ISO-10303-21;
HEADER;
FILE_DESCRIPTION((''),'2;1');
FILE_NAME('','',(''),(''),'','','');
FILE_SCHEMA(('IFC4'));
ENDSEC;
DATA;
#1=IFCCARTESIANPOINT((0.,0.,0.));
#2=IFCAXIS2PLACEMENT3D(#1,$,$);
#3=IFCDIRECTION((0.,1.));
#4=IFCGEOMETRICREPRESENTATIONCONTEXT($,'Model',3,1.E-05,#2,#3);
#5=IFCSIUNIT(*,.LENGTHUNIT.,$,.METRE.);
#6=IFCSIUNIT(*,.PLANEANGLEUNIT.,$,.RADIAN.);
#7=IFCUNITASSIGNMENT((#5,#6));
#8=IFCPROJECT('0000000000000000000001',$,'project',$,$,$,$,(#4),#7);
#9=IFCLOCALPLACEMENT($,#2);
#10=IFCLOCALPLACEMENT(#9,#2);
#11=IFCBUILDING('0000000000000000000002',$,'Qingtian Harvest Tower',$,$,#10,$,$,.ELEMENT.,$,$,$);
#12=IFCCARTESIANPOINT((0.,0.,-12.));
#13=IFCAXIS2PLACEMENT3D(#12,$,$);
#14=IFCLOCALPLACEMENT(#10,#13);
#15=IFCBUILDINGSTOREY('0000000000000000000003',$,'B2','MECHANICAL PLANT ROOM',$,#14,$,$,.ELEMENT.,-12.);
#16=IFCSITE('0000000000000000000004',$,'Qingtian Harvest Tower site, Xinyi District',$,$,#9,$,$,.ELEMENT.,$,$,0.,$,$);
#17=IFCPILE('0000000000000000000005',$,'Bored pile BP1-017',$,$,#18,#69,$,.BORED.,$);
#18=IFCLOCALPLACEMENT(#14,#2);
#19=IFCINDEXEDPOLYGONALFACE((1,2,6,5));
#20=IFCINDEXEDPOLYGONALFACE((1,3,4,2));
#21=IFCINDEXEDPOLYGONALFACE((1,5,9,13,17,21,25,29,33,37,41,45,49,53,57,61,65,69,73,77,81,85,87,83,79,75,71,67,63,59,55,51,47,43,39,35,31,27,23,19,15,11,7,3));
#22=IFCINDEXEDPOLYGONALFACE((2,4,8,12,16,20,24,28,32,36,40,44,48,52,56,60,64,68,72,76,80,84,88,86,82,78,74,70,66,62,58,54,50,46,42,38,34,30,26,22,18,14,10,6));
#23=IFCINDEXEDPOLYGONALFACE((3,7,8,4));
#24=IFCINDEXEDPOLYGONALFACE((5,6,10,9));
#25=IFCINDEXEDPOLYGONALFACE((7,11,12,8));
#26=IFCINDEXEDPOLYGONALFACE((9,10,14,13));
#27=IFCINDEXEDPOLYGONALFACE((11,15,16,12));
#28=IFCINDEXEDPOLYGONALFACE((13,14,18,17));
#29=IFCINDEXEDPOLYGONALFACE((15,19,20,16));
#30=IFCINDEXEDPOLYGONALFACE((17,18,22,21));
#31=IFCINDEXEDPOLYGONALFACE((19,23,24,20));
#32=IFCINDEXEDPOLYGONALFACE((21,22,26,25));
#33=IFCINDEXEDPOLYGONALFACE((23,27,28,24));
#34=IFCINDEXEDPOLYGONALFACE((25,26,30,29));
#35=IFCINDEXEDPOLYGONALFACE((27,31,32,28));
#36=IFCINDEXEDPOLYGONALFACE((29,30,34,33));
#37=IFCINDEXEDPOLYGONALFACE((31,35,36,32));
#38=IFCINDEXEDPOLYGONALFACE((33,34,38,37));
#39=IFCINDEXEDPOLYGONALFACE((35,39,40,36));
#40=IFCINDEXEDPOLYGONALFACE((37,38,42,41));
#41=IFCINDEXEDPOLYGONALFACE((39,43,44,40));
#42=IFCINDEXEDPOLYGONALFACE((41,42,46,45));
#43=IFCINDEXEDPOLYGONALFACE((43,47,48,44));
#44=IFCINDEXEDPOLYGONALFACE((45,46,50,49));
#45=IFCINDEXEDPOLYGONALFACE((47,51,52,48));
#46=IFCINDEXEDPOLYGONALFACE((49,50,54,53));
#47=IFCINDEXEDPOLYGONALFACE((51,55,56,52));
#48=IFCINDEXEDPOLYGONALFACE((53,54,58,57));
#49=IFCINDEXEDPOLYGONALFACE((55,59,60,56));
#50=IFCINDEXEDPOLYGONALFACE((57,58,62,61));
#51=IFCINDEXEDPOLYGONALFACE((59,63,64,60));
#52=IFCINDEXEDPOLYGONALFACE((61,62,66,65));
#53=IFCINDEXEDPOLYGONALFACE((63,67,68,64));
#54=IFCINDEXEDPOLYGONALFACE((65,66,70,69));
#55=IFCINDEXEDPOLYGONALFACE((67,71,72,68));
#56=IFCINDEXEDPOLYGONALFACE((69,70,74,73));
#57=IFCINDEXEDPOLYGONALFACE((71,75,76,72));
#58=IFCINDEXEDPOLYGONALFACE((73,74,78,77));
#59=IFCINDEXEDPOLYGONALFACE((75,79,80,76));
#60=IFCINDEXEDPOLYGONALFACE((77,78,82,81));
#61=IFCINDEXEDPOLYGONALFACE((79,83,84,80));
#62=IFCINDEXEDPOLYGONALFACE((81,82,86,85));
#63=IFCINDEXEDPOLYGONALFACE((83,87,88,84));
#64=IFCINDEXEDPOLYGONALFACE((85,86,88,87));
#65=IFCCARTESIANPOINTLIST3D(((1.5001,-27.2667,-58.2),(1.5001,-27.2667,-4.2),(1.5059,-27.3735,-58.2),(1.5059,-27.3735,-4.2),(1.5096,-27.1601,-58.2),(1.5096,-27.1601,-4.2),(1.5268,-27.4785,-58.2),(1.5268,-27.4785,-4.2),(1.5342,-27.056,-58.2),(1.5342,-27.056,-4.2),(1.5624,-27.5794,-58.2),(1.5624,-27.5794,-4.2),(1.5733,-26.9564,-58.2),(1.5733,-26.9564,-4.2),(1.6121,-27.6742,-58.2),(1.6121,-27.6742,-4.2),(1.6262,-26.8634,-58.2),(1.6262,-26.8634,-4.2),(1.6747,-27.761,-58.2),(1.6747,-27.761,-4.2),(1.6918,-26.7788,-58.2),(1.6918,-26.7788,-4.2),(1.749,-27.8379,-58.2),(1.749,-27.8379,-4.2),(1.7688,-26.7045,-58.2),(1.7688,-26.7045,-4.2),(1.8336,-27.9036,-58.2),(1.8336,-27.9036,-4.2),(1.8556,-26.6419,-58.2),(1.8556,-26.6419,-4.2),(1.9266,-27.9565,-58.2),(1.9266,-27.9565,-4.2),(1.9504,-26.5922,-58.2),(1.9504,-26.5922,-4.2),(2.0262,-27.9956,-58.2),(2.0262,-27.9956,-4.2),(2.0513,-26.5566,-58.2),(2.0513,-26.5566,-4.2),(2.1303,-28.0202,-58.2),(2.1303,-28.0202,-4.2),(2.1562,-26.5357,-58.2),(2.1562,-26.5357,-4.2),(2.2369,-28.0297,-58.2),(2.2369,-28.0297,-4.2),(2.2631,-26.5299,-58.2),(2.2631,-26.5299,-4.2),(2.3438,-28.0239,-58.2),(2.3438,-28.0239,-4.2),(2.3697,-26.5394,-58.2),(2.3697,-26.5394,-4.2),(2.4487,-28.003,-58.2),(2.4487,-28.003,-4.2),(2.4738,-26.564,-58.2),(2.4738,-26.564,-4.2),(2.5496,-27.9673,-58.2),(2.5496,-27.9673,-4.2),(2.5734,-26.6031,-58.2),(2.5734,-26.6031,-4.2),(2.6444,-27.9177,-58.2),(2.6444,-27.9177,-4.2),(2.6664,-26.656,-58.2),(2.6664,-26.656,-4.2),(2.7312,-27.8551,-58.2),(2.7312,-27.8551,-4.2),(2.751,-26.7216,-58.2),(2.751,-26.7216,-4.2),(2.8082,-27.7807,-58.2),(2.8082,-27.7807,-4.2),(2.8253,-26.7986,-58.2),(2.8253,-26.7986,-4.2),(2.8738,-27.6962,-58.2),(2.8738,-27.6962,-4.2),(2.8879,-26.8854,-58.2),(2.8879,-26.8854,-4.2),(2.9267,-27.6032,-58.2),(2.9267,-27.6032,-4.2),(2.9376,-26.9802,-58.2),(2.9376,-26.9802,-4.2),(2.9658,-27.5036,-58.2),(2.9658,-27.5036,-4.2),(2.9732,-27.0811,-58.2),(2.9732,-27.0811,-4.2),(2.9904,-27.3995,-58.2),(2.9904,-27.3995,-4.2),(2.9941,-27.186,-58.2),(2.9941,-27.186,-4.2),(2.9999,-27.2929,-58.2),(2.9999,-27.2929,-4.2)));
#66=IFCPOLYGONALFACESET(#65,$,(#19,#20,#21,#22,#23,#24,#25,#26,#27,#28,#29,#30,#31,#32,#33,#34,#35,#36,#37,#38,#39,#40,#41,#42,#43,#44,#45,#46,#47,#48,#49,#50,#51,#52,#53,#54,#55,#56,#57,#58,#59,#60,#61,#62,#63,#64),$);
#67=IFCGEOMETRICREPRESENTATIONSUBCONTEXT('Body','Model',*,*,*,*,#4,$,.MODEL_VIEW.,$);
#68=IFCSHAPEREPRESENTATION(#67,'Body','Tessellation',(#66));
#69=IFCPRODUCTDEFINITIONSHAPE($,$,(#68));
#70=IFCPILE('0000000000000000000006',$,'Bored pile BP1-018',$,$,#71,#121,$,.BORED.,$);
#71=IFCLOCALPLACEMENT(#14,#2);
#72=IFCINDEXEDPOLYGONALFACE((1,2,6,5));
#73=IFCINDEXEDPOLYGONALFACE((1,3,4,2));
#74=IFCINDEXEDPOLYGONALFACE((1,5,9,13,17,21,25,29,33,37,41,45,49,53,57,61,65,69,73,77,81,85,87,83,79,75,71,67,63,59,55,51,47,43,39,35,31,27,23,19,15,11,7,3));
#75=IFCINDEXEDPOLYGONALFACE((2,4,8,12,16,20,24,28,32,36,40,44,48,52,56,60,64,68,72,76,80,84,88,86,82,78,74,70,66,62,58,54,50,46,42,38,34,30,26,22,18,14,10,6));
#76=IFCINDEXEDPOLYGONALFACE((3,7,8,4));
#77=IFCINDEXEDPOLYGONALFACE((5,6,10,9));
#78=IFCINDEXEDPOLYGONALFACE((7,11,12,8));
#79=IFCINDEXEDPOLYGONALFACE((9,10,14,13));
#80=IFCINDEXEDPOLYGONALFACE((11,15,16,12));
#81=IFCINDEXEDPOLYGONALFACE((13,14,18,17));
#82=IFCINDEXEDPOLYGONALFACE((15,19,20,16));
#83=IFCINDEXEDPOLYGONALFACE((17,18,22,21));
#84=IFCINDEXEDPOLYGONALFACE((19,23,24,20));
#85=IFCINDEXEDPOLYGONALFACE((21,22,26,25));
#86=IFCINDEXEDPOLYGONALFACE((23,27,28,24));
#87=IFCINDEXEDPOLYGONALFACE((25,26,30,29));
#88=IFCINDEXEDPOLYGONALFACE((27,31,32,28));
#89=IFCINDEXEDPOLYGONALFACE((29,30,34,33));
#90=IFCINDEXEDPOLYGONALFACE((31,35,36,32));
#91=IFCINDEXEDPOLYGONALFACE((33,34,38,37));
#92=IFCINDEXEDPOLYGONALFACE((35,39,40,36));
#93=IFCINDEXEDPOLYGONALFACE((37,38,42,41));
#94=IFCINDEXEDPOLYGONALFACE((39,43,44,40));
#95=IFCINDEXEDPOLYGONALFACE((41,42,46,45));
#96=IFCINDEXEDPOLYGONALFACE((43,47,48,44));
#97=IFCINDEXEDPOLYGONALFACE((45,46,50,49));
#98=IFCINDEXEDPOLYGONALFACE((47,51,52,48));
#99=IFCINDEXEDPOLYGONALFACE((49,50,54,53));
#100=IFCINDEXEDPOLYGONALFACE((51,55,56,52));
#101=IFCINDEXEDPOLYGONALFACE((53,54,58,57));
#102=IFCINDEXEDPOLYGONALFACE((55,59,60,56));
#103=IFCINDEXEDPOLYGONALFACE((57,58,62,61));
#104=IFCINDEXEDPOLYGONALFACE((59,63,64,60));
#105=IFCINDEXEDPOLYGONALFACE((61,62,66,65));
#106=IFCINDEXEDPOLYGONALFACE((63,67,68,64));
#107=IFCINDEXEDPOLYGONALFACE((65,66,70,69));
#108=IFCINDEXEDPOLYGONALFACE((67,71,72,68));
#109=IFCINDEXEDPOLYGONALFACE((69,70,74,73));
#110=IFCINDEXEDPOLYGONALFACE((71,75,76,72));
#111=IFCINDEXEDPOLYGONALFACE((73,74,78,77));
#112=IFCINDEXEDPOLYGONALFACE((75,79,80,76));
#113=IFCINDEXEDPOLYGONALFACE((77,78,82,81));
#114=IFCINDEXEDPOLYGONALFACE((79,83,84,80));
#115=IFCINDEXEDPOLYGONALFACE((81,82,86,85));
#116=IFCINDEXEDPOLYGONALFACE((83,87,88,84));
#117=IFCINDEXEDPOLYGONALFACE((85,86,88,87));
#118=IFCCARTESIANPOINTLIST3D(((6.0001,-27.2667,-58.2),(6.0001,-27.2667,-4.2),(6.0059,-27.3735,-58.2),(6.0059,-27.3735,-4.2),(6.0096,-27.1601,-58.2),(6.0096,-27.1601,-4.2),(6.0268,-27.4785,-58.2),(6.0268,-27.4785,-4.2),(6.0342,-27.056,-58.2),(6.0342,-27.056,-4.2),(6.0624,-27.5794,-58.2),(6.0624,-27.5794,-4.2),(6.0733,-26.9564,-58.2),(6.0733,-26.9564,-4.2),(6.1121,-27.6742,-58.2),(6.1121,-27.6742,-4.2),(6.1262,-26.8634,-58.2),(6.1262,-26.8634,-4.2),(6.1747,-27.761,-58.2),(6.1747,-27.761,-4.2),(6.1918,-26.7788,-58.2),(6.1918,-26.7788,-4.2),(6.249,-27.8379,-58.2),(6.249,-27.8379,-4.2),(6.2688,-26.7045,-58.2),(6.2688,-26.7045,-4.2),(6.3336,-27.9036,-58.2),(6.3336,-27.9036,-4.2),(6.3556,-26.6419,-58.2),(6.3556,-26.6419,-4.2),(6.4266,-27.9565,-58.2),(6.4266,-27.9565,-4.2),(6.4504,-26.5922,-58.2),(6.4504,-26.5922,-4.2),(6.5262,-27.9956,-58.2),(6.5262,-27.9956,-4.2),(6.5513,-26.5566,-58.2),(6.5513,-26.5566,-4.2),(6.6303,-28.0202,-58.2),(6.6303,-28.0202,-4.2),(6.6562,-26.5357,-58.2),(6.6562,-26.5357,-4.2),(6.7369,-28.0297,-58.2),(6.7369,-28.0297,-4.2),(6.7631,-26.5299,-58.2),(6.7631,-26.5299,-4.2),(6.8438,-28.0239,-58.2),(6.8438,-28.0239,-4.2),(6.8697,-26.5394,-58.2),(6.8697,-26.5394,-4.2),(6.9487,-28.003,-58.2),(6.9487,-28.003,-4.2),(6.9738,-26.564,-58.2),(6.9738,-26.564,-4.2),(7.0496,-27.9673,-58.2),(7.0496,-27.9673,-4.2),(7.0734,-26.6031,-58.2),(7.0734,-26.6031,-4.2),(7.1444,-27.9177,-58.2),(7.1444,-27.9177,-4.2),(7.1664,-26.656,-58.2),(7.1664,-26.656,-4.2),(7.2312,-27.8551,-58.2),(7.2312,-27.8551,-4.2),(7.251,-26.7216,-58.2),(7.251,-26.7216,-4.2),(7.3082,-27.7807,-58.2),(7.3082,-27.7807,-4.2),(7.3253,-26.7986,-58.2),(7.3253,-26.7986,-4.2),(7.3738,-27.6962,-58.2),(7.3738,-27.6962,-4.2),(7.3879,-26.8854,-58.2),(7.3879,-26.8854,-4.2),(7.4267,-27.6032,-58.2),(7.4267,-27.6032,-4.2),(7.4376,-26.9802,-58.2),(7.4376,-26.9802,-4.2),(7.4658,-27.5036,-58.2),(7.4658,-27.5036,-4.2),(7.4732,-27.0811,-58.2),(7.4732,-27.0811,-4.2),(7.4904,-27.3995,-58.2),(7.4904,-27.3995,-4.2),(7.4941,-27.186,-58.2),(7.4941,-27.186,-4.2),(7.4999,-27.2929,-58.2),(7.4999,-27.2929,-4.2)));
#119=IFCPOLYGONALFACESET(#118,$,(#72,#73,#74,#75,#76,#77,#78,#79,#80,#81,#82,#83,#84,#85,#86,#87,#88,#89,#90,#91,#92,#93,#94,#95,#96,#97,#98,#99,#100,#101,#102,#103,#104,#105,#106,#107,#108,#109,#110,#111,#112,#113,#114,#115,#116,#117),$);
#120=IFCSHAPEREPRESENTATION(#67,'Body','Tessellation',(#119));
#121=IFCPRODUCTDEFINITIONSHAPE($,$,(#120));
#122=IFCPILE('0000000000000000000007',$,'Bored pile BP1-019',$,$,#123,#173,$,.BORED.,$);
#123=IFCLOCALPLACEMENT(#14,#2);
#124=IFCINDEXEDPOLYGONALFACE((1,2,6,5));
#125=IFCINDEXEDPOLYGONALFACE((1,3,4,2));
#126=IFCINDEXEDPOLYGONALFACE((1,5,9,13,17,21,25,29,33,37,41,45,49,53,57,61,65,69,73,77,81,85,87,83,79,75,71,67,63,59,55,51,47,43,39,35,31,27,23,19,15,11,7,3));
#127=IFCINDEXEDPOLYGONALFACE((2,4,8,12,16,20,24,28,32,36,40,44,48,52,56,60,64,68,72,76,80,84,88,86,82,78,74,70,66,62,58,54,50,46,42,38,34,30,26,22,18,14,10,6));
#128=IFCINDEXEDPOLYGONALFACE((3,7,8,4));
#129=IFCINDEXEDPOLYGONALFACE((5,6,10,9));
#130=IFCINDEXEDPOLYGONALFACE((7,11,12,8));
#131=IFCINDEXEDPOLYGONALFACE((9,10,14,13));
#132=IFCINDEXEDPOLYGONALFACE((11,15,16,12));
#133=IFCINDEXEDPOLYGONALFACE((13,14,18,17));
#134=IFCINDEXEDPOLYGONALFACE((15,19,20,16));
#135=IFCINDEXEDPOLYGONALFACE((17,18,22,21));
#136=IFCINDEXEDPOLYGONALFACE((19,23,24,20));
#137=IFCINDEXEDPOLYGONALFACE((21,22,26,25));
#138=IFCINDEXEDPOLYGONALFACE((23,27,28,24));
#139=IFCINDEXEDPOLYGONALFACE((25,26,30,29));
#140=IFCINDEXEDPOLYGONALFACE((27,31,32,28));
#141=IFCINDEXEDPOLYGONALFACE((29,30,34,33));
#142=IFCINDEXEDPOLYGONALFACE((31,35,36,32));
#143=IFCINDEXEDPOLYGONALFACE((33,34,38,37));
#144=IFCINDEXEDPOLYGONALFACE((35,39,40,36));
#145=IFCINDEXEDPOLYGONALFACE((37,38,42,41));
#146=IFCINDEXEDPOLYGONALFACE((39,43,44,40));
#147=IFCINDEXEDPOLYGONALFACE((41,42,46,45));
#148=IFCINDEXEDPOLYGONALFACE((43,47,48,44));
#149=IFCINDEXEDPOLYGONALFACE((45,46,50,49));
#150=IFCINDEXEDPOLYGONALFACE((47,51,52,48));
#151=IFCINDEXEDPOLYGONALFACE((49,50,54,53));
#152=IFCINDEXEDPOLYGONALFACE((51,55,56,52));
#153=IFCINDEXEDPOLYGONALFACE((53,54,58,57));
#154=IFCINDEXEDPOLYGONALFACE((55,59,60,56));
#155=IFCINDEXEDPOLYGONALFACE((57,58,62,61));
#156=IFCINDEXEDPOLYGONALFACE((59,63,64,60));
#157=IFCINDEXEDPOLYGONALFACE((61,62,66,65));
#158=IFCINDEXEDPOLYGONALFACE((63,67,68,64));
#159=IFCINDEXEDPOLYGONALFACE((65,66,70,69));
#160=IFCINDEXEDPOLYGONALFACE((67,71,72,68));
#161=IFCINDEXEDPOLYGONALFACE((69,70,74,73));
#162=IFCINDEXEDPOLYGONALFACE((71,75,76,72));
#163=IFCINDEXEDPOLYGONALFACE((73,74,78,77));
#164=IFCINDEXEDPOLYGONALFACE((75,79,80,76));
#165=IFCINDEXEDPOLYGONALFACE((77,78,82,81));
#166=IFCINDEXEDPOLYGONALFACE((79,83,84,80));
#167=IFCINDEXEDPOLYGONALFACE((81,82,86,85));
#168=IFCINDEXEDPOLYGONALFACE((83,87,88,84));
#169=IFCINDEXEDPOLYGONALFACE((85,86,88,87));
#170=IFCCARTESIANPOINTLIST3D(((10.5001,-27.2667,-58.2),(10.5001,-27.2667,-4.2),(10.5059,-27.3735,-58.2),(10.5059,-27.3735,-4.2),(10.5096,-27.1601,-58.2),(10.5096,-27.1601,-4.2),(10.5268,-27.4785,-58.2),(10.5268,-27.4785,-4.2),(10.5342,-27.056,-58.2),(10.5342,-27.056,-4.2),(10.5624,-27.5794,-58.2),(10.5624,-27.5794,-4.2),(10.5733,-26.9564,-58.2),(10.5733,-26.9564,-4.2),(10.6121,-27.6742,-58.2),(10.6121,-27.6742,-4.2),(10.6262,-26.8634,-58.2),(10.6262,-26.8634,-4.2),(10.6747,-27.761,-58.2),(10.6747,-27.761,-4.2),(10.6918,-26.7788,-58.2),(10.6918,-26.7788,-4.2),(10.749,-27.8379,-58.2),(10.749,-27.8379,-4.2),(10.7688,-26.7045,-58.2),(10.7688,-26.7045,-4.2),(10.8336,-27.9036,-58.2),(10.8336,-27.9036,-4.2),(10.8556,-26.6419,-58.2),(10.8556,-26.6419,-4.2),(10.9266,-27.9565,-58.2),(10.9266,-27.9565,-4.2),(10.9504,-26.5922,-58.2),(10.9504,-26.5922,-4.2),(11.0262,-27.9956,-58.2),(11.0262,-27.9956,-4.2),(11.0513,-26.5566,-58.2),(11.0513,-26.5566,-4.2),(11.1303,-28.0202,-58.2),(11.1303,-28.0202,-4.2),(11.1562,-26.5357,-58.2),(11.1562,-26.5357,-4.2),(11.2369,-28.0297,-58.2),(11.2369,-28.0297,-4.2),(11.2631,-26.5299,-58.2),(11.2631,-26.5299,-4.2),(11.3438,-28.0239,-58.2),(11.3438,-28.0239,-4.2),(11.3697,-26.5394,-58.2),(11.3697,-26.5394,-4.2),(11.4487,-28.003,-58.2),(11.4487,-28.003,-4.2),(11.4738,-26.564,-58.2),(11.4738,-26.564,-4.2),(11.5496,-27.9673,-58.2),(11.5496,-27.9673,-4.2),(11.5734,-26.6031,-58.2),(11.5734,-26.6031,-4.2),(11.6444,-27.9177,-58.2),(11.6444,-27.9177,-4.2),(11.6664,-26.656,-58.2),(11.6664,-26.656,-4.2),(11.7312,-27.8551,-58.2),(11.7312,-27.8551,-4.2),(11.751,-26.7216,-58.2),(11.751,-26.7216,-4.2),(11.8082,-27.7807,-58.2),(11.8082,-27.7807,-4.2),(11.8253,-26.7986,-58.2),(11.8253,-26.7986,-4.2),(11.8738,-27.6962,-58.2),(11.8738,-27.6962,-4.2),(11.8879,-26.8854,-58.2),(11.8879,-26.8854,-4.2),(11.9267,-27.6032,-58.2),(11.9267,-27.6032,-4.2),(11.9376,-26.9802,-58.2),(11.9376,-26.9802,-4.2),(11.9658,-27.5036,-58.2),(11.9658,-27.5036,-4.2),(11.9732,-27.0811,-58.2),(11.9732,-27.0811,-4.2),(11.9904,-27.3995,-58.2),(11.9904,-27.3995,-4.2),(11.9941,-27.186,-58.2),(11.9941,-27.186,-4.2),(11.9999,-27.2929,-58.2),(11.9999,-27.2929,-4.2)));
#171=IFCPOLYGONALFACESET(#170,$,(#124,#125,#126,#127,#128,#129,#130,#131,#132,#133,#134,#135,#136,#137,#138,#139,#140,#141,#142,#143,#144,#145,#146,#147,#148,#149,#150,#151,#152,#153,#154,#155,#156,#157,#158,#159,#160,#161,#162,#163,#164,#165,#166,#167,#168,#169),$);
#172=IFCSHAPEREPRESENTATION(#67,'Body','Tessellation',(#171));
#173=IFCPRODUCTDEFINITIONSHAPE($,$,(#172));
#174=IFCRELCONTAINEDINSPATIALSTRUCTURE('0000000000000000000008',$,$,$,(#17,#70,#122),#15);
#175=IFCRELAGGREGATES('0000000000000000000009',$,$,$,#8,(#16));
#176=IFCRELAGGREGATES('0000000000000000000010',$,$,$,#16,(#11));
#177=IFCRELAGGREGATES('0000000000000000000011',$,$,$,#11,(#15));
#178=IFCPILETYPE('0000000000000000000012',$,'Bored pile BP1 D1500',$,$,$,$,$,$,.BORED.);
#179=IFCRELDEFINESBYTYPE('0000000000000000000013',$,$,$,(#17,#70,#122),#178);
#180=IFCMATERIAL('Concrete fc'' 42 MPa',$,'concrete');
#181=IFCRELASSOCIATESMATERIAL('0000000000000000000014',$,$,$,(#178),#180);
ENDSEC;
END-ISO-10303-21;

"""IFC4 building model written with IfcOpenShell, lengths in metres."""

from ifc_helpers import new_model, si_unit, direction, frame, frame_2d, origin, place, context, subcontext, project, spatial, circle, extrude, material, material_profile, profile_set, type_object, element, save


model = new_model("IFC4")

# Units and contexts
model_context = context("Model", 3, precision=1e-05, world=origin(), true_north=direction((0.0, 1.0)))
body_context = subcontext(model_context, "Body", "Model", "MODEL_VIEW")
ifc_project = project(units=[si_unit("LENGTHUNIT", "METRE"), si_unit("PLANEANGLEUNIT", "RADIAN")], contexts=[model_context])

# Site, building, storey
site_placement = place(None, origin())
site = spatial("IfcSite", under=ifc_project, at=site_placement, Name="Qingtian Harvest Tower site, Xinyi District", CompositionType="ELEMENT", RefElevation=0.0)
building_placement = place(site_placement, origin())
building = spatial("IfcBuilding", under=site, at=building_placement, Name="Qingtian Harvest Tower", CompositionType="ELEMENT")
storey_placement = place(building_placement, frame((0.0, 0.0, -12.0)))
storey = spatial("IfcBuildingStorey", under=building, at=storey_placement, Name="B2", Description="MECHANICAL PLANT ROOM", CompositionType="ELEMENT", Elevation=-12.0)

# Piles
ifc_material_1 = material(Name="Concrete fc' 42 MPa", Category="concrete")
ifc_material_profile_1 = material_profile(ifc_material_1, circle(Radius=0.75, at=frame_2d((0.0, 0.0), x_axis=(0.999848, 0.017452))), Name="Bored pile BP1 D1500")
ifc_profile_set_1 = profile_set([ifc_material_profile_1], Name="Concrete fc' 42 MPa")
pile_type = type_object("IfcPileType", Name="Bored pile BP1 D1500", PredefinedType="BORED", material=ifc_profile_set_1)
for number, where, z_axis, x_axis, name in (
    (1, (2.25, -27.2798, -4.2), (0.0, 0.0, -1.0), (1.0, 0.0, 0.0), "Bored pile BP1-017"),
    (2, (6.75, -27.2798, -4.2), (0.0, 0.0, -1.0), (1.0, 0.0, 0.0), "Bored pile BP1-018"),
    (3, (11.25, -27.2798, -4.2), (0.0, 0.0, -1.0), (1.0, 0.0, 0.0), "Bored pile BP1-019"),
):
    element("IfcPile", number, at=place(storey_placement, frame(where, z_axis=z_axis, x_axis=x_axis)), inside=storey, type_object=pile_type, Name=name, PredefinedType="BORED", context=body_context, shape_type="SweptSolid", body=[
        extrude(circle(Radius=0.75, at=frame_2d((0.0, 0.0), x_axis=(0.999848, 0.017452))), origin(), (0.0, 0.0, 1.0), 54.0),
    ])

save(model, "model.ifc")
